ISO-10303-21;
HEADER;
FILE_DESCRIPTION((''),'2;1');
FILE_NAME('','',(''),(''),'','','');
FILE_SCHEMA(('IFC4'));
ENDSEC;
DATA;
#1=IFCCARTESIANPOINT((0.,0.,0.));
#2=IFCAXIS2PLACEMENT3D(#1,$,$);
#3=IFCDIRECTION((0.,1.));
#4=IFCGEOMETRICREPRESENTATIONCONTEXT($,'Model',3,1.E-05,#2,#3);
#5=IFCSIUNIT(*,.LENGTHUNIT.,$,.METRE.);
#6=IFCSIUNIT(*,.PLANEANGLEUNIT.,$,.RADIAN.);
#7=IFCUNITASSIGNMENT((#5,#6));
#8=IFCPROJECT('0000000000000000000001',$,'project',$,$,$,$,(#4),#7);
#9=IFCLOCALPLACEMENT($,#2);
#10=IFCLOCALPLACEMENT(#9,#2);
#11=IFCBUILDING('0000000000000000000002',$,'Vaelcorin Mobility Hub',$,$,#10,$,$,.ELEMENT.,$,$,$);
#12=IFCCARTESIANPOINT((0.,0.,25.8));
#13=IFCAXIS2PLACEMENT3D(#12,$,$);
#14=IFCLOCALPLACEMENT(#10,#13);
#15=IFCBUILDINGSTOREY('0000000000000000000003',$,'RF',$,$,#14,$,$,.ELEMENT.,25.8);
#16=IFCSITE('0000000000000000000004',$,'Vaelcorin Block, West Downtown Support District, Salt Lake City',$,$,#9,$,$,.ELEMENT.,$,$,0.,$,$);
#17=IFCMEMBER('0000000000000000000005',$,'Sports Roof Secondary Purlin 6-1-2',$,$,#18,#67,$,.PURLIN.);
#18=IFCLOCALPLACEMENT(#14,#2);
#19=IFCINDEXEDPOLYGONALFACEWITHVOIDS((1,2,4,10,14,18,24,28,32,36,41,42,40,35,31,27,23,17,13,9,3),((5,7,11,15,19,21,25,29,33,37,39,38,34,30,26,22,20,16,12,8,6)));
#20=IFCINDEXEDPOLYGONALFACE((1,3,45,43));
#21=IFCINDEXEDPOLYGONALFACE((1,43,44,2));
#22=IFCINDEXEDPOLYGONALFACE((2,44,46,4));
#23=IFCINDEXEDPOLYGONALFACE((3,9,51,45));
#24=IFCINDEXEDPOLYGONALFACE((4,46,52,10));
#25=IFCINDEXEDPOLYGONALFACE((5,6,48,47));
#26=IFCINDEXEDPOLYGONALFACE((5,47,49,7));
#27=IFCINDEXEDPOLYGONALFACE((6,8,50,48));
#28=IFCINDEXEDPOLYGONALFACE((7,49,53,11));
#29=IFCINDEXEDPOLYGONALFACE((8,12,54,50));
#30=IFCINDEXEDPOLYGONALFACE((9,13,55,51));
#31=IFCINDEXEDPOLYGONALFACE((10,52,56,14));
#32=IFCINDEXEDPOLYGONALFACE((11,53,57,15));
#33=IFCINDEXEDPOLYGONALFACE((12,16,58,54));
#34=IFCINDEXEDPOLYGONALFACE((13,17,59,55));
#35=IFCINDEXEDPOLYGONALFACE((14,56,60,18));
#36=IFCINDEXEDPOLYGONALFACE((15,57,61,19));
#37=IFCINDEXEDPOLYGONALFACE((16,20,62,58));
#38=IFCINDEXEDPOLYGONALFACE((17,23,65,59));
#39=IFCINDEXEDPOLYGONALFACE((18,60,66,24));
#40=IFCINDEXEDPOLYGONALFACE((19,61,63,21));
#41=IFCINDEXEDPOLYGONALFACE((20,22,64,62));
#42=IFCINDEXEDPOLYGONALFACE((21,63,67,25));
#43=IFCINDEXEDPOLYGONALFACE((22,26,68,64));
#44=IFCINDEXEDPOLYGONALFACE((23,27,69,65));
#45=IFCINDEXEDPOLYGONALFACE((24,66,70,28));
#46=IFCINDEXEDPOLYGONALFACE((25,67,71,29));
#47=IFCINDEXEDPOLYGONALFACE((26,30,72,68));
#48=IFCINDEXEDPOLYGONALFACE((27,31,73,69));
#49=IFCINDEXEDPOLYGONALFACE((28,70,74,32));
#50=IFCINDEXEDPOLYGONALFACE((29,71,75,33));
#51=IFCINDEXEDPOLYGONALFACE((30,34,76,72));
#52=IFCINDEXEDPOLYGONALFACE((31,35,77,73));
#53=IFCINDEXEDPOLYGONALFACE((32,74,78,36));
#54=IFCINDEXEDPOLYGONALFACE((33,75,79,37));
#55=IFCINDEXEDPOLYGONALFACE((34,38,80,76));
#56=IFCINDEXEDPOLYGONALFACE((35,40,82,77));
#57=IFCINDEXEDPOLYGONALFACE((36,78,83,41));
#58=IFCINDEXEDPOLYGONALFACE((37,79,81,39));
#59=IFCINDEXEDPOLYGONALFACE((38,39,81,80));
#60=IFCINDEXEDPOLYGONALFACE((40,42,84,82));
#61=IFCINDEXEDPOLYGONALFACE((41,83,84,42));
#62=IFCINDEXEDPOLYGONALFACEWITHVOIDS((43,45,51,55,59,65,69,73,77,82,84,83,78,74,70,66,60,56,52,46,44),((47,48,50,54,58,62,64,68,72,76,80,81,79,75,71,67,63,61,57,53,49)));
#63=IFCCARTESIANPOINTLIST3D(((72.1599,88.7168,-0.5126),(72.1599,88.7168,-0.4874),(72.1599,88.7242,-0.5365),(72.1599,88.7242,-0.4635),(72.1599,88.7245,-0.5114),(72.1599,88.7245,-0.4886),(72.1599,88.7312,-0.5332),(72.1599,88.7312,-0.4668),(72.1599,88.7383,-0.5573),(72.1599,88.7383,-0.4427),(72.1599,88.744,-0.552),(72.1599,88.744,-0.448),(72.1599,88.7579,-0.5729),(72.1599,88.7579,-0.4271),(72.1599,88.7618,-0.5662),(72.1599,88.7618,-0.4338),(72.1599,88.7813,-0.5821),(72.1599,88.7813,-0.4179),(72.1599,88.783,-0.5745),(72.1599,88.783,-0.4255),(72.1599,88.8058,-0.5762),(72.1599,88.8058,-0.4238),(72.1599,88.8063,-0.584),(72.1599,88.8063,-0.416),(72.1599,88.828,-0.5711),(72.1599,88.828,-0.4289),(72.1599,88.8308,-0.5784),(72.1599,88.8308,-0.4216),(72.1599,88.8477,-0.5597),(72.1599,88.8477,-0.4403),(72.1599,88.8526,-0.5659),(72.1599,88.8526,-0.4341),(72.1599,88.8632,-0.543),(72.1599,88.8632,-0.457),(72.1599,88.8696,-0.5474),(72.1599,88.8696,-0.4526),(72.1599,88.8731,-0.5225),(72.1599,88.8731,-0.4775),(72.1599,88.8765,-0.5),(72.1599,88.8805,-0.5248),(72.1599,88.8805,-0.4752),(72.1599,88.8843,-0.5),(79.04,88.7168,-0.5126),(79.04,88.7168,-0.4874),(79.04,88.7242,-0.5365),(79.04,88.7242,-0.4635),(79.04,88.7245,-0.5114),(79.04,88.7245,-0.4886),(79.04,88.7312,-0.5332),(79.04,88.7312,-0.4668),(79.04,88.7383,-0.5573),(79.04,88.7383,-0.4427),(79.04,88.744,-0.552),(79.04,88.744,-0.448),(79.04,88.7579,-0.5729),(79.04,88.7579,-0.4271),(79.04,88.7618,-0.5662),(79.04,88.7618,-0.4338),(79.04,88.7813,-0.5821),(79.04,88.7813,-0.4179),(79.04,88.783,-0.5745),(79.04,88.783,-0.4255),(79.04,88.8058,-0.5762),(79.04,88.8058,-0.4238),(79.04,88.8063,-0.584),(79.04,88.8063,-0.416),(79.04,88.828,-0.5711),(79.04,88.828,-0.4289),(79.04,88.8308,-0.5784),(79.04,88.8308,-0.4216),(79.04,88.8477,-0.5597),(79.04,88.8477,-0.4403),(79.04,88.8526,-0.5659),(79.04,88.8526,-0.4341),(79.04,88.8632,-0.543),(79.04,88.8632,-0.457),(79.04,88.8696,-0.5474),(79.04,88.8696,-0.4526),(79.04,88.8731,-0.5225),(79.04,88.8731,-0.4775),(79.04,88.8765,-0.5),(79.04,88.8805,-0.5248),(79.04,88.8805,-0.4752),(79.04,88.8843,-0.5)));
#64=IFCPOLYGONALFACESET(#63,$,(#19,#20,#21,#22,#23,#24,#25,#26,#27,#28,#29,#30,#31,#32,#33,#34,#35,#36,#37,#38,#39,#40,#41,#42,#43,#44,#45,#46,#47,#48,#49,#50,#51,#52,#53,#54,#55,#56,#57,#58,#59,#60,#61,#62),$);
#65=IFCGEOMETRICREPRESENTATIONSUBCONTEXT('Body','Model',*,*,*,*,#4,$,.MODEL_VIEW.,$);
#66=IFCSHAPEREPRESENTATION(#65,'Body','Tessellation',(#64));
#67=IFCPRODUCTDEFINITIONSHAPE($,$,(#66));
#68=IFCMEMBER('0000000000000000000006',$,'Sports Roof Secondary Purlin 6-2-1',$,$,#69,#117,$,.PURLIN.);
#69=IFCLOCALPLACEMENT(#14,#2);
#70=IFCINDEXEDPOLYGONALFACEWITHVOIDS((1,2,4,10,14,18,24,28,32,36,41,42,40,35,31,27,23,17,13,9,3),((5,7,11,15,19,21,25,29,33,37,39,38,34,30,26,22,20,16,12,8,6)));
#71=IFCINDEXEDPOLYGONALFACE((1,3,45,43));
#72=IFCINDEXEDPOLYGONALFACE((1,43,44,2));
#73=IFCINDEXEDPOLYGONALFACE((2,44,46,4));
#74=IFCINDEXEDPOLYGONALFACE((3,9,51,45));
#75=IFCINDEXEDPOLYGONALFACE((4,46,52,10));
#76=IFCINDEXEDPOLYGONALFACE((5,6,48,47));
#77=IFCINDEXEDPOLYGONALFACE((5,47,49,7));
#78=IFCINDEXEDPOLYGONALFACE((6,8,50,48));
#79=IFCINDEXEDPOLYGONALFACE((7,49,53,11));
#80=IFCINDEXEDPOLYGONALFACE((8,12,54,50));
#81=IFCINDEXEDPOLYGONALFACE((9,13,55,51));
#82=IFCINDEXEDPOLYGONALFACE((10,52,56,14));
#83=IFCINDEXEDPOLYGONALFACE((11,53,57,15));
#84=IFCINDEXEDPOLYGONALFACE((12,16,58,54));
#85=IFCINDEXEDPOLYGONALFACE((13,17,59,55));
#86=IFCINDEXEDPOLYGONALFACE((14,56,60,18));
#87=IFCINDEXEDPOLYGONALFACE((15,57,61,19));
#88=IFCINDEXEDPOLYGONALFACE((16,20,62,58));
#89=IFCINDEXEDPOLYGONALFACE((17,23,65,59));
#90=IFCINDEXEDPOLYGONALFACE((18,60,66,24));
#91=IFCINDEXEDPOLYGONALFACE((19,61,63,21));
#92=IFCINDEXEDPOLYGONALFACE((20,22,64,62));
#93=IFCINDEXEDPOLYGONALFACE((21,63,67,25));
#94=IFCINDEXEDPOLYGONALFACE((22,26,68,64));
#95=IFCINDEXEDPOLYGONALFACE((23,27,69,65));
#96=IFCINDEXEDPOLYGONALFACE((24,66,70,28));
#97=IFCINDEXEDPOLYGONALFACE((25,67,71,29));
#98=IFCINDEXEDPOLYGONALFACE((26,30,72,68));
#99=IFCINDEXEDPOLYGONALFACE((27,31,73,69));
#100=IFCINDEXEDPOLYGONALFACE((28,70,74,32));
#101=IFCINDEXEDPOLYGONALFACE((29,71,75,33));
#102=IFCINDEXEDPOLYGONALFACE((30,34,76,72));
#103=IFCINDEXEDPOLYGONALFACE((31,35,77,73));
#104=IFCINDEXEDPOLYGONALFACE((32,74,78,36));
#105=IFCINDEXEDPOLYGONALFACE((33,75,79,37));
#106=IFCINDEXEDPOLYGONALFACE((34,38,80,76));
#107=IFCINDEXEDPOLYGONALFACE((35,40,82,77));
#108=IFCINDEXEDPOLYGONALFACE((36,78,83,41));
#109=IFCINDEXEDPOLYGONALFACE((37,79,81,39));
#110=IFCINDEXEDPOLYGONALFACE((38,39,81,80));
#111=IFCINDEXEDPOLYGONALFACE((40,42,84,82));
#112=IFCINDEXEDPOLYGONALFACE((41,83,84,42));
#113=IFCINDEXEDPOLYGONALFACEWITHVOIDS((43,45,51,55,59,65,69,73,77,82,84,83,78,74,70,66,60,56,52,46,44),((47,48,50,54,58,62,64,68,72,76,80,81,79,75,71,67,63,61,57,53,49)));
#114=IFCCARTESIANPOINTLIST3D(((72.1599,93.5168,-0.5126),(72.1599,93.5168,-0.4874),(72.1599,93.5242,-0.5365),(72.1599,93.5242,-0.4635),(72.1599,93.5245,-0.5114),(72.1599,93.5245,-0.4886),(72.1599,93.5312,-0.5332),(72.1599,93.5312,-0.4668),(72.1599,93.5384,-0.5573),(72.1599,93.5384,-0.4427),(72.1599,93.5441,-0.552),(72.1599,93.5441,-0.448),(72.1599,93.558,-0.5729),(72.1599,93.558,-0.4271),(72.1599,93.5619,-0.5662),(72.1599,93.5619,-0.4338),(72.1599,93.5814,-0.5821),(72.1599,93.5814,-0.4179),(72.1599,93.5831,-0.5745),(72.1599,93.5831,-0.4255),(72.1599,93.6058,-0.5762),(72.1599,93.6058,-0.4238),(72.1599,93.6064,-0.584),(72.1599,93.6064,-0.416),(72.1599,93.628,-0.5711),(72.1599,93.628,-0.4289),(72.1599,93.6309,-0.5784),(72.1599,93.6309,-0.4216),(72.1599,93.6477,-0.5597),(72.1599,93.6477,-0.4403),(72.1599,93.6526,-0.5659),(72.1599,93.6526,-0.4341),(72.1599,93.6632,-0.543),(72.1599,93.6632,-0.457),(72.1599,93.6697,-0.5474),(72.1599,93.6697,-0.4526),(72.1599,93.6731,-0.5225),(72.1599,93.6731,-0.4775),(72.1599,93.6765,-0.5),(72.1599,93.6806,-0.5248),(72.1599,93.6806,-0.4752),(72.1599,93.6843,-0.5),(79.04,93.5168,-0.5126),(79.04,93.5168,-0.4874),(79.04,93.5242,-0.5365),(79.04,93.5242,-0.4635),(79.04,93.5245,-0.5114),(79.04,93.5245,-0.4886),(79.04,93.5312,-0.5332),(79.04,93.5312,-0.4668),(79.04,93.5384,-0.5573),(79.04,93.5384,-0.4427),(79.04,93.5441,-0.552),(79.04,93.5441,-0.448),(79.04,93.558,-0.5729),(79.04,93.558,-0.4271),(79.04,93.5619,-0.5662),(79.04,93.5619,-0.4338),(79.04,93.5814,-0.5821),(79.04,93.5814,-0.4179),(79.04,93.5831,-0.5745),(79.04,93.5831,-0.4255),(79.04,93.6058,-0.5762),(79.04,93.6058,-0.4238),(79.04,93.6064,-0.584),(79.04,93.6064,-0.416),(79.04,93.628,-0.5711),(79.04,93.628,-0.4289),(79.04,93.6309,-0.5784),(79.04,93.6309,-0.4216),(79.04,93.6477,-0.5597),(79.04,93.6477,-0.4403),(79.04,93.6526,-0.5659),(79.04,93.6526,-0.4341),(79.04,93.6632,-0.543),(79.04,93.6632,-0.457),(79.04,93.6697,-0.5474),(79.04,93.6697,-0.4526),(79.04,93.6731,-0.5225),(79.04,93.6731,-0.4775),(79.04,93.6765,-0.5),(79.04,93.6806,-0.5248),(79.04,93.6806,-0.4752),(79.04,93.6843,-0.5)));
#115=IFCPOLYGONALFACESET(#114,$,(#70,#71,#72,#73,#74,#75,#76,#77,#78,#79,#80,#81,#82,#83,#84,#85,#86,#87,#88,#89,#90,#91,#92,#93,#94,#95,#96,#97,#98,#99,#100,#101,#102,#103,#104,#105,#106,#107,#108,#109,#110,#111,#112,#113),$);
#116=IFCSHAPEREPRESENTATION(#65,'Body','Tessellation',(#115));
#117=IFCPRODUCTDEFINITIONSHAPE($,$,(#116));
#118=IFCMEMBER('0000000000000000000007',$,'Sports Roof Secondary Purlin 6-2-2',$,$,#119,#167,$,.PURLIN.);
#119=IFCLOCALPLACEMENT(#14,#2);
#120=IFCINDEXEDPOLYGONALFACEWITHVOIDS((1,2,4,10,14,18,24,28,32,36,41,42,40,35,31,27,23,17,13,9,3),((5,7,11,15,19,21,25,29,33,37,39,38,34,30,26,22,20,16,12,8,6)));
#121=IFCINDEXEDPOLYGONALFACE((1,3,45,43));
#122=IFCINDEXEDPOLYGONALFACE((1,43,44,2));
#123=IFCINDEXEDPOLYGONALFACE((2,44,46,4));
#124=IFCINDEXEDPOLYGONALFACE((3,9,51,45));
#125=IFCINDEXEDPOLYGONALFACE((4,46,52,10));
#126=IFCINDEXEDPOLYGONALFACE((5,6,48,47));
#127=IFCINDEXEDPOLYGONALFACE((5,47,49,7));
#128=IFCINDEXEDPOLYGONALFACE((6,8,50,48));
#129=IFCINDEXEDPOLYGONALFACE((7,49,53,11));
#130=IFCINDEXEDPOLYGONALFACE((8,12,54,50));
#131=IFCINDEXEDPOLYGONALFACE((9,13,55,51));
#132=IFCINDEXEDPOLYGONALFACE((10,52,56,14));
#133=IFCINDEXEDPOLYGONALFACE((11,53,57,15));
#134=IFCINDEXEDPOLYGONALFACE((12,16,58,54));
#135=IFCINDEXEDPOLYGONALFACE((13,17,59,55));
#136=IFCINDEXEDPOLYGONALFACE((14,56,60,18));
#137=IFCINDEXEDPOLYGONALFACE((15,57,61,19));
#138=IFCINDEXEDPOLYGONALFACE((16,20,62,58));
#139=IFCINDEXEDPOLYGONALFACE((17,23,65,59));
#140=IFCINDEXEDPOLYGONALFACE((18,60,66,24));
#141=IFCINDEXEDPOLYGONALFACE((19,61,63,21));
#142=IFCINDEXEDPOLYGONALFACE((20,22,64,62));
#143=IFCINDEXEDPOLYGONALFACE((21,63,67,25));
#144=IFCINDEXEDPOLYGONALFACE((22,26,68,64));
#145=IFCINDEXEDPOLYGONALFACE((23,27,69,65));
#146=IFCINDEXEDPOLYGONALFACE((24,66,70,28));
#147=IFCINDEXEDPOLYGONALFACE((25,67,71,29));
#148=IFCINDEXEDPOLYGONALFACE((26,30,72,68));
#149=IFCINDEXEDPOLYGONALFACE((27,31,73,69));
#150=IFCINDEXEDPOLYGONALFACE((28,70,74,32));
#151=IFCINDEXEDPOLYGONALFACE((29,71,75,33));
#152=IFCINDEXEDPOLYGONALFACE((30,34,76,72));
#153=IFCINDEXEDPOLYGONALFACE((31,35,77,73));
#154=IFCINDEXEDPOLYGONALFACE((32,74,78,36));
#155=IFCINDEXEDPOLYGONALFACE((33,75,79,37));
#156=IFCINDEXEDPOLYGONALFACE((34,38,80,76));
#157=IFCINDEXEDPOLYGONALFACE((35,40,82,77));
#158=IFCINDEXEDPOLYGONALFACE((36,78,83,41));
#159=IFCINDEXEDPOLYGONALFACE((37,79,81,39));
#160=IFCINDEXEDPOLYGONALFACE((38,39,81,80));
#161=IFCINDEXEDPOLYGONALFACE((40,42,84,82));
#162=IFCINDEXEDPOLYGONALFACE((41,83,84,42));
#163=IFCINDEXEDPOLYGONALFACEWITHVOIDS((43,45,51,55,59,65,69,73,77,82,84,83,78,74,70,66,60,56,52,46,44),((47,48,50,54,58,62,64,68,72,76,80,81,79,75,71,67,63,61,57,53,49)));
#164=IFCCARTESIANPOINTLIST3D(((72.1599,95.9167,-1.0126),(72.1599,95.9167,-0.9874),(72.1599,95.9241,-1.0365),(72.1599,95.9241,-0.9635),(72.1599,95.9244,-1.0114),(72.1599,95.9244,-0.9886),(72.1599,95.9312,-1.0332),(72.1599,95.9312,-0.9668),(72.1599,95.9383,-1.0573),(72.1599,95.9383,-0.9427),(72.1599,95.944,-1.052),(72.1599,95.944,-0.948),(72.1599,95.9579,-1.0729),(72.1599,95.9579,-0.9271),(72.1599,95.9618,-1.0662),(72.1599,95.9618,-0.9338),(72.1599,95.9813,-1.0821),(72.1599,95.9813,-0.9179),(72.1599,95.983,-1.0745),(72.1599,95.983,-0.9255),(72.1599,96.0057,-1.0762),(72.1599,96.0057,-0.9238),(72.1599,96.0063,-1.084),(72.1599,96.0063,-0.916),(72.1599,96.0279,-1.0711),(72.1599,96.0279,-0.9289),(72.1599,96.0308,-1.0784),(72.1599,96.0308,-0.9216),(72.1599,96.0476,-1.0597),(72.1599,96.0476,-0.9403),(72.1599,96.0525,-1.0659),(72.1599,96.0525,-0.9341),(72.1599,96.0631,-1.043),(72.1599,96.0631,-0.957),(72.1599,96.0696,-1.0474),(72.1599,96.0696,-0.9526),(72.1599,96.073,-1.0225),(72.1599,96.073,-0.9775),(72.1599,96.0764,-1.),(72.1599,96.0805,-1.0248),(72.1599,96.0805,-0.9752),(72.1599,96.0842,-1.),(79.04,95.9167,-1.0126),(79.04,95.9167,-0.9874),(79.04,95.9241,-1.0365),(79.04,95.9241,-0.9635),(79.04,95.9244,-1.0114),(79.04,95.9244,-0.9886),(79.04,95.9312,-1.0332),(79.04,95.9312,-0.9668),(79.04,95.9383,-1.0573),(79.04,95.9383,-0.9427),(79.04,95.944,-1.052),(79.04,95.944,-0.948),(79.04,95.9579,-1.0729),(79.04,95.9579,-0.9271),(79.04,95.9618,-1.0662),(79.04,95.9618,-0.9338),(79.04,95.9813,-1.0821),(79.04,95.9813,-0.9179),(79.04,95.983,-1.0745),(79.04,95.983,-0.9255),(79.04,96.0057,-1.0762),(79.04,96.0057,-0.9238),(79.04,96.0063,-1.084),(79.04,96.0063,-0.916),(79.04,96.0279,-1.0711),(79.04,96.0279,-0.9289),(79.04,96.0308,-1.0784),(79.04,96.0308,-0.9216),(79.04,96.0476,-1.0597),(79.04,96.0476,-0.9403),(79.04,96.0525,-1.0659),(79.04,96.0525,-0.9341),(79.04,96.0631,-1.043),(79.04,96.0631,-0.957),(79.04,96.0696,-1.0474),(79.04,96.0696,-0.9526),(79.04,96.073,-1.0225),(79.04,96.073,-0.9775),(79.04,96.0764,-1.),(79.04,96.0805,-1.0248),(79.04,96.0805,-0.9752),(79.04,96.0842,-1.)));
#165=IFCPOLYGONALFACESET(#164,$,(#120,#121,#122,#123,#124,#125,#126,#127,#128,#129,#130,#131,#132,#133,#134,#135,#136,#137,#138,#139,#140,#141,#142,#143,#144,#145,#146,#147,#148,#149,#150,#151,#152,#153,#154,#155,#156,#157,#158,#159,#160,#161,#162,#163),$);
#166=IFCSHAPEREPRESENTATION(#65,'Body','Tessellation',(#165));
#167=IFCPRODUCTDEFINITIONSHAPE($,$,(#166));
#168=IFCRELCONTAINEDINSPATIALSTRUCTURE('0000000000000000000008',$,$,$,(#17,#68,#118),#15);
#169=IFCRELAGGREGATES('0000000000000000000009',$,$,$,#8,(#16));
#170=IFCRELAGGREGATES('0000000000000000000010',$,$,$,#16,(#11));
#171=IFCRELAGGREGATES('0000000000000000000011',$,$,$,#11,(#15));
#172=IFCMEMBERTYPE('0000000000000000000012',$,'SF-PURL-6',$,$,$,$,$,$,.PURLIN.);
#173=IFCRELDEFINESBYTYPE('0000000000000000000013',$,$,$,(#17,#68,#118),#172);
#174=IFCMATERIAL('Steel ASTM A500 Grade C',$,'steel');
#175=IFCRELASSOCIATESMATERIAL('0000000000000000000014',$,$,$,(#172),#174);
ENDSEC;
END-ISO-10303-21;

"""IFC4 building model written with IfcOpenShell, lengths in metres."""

from ifc_helpers import new_model, si_unit, direction, frame, origin, origin_2d, place, context, subcontext, project, spatial, hollow_circle, extrude, material, material_profile, profile_set, type_object, element, save


model = new_model("IFC4")

# Units and contexts
model_context = context("Model", 3, precision=1e-05, world=origin(), true_north=direction((0.0, 1.0)))
body_context = subcontext(model_context, "Body", "Model", "MODEL_VIEW")
ifc_project = project(units=[si_unit("LENGTHUNIT", "METRE"), si_unit("PLANEANGLEUNIT", "RADIAN")], contexts=[model_context])

# Site, building, storey
site_placement = place(None, origin())
site = spatial("IfcSite", under=ifc_project, at=site_placement, Name="Vaelcorin Block, West Downtown Support District, Salt Lake City", CompositionType="ELEMENT", RefElevation=0.0)
building_placement = place(site_placement, origin())
building = spatial("IfcBuilding", under=site, at=building_placement, Name="Vaelcorin Mobility Hub", CompositionType="ELEMENT")
storey_placement = place(building_placement, frame((0.0, 0.0, 25.8)))
storey = spatial("IfcBuildingStorey", under=building, at=storey_placement, Name="RF", CompositionType="ELEMENT", Elevation=25.8)

# Members
ifc_material_1 = material(Name="Steel ASTM A500 Grade C", Category="steel")
ifc_material_profile_1 = material_profile(ifc_material_1, hollow_circle(Radius=0.0842, WallThickness=0.0078, at=origin_2d()), Name="HSS6.625X0.312")
ifc_profile_set_1 = profile_set([ifc_material_profile_1], Name="Steel ASTM A500 Grade C")
member_type_1 = type_object("IfcMemberType", Name="SF-PURL-6", PredefinedType="PURLIN", material=ifc_profile_set_1)
for number, where, z_axis, x_axis, name in (
    (1, (72.1599, 88.8, -0.5), (1.0, 0.0, 0.0), (0.0, 1.0, 0.0), "Sports Roof Secondary Purlin 6-1-2"),
    (2, (72.1599, 93.6001, -0.5), (1.0, 0.0, 0.0), (0.0, 1.0, 0.0), "Sports Roof Secondary Purlin 6-2-1"),
    (3, (72.1599, 96.0, -1.0), (1.0, 0.0, 0.0), (0.0, 1.0, 0.0), "Sports Roof Secondary Purlin 6-2-2"),
):
    element("IfcMember", number, at=place(storey_placement, frame(where, z_axis=z_axis, x_axis=x_axis)), inside=storey, type_object=member_type_1, Name=name, PredefinedType="PURLIN", context=body_context, shape_type="SweptSolid", body=[
        extrude(hollow_circle(Radius=0.0842, WallThickness=0.0078, at=origin_2d()), origin(), (0.0, 0.0, 1.0), 6.8801),
    ])

save(model, "model.ifc")
